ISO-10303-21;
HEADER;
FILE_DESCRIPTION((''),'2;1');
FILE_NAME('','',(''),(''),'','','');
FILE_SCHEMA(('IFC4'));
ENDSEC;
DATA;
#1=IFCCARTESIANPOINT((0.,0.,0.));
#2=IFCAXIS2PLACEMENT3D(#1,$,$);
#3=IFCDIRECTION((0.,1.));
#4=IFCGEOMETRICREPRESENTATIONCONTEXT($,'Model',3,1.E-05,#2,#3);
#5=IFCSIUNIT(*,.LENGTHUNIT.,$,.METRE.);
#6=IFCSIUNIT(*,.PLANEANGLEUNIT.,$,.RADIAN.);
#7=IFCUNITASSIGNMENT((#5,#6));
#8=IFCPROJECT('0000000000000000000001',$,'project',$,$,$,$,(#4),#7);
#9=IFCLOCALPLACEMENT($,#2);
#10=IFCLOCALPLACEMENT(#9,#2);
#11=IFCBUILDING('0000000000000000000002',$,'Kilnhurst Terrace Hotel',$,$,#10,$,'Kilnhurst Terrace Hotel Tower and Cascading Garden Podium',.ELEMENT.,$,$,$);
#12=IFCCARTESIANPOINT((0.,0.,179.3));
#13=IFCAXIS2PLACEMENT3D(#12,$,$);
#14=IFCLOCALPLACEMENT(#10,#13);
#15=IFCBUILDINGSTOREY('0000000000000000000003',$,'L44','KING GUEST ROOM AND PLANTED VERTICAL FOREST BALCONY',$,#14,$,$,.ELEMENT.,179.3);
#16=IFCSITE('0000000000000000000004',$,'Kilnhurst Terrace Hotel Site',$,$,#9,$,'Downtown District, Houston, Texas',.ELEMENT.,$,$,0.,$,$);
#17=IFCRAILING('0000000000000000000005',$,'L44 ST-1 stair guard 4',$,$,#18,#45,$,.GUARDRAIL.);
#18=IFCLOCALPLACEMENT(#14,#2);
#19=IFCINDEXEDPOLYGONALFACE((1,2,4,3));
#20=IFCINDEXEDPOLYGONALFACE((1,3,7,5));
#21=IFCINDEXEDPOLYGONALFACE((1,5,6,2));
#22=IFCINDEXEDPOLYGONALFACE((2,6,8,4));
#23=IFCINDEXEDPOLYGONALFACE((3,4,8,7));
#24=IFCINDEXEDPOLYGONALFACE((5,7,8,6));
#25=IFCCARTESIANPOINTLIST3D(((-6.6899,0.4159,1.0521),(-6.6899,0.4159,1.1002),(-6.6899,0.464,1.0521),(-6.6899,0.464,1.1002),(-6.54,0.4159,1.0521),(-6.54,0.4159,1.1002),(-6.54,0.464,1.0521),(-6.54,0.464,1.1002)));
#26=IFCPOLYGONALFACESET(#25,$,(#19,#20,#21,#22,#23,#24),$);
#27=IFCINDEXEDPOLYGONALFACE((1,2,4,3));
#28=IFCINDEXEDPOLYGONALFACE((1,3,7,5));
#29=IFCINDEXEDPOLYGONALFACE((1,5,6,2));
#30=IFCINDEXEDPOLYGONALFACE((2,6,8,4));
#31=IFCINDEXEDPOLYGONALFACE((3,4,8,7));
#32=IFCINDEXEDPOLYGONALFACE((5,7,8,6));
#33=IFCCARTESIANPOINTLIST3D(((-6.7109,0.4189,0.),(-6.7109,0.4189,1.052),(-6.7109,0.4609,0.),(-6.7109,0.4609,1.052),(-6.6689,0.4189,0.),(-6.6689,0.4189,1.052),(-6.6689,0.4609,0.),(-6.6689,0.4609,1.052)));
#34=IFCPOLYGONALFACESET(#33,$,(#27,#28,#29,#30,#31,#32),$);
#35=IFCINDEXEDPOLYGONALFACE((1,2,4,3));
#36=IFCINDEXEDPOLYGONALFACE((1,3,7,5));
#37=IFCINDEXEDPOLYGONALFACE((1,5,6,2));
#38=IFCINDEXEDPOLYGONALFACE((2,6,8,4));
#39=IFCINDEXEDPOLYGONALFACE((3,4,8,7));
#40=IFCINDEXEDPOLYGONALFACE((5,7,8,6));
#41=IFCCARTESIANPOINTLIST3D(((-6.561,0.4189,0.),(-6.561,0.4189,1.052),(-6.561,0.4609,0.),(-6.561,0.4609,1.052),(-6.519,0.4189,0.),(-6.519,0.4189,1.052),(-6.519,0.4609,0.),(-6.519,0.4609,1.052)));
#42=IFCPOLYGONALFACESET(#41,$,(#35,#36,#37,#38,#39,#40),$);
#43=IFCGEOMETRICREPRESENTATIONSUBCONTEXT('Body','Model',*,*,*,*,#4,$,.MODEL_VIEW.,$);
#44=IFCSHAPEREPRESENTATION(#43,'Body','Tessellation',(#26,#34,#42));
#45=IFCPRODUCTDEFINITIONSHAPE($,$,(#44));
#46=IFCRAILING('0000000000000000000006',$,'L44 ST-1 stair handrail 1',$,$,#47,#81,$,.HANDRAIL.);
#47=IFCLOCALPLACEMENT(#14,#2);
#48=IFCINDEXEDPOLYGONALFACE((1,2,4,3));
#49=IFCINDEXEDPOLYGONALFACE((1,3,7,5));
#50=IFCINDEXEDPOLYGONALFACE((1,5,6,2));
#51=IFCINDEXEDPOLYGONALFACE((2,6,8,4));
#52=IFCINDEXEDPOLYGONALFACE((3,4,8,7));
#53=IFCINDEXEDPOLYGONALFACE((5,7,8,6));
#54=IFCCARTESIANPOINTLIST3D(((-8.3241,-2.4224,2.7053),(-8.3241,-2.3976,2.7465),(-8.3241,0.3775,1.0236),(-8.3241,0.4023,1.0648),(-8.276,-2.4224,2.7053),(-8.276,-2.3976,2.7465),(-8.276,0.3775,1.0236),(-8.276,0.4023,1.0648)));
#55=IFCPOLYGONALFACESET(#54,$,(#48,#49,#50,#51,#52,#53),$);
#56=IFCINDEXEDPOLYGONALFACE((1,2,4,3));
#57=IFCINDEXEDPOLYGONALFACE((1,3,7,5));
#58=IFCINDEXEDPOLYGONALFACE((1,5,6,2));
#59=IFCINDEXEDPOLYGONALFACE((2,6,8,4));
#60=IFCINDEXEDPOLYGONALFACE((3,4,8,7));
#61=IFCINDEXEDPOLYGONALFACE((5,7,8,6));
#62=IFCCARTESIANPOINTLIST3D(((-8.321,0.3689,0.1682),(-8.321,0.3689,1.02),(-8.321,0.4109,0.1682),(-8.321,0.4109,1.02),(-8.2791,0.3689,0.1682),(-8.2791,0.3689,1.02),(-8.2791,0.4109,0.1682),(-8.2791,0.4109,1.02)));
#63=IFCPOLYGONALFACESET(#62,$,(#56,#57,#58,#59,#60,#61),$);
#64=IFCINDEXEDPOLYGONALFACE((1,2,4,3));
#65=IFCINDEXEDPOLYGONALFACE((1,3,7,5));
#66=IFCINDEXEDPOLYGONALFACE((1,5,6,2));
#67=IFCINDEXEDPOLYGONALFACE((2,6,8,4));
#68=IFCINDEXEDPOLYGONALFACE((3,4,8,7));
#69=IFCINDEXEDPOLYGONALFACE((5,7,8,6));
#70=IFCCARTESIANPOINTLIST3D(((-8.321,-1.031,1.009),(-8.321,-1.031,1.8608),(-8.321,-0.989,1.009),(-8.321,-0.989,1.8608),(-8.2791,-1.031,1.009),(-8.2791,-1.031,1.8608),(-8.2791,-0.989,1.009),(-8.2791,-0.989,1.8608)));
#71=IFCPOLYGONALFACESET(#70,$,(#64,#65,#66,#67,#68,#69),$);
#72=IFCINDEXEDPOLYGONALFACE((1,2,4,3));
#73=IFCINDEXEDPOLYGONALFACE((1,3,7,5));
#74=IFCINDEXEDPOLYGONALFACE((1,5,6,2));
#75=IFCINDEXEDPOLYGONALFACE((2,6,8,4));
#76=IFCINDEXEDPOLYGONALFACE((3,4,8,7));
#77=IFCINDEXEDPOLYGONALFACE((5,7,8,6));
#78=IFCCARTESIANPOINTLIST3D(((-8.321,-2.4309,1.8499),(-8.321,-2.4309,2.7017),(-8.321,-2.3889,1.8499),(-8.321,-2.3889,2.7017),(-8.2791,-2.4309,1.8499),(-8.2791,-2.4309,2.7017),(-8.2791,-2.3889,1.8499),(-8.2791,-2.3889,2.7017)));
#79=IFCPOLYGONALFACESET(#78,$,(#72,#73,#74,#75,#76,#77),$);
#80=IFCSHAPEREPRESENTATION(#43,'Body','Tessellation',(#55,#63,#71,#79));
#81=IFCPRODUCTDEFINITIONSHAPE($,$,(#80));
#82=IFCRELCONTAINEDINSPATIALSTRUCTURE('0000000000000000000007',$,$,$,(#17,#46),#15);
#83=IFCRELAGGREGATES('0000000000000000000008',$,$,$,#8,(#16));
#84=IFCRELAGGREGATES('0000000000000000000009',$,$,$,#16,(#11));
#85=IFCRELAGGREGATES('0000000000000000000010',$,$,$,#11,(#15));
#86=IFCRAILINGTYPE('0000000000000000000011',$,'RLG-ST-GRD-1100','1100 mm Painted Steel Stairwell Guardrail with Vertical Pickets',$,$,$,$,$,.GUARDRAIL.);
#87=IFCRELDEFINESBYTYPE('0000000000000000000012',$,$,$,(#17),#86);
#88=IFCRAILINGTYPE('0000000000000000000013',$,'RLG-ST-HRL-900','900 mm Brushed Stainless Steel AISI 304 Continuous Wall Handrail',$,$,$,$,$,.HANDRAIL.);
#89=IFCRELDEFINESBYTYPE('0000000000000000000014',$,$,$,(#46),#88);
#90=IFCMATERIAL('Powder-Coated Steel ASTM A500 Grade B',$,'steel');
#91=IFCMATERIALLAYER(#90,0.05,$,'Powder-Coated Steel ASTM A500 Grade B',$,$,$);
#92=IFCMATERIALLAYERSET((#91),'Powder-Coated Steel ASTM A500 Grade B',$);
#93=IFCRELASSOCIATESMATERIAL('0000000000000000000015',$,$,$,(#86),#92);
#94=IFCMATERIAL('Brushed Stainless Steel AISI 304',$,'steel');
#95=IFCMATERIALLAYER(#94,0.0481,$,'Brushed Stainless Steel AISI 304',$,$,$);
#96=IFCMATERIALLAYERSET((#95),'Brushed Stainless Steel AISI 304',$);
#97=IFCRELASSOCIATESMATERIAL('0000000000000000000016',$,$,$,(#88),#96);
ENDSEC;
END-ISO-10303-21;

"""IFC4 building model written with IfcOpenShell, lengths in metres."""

from ifc_helpers import new_model, si_unit, direction, frame, origin, origin_2d, place, context, subcontext, project, spatial, rectangle, extrude, material, layer, layer_set, type_object, element, save


model = new_model("IFC4")

# Units and contexts
model_context = context("Model", 3, precision=1e-05, world=origin(), true_north=direction((0.0, 1.0)))
body_context = subcontext(model_context, "Body", "Model", "MODEL_VIEW")
ifc_project = project(units=[si_unit("LENGTHUNIT", "METRE"), si_unit("PLANEANGLEUNIT", "RADIAN")], contexts=[model_context])

# Site, building, storey
site_placement = place(None, origin())
site = spatial("IfcSite", under=ifc_project, at=site_placement, Name="Kilnhurst Terrace Hotel Site", LongName="Downtown District, Houston, Texas", CompositionType="ELEMENT", RefElevation=0.0)
building_placement = place(site_placement, origin())
building = spatial("IfcBuilding", under=site, at=building_placement, Name="Kilnhurst Terrace Hotel", LongName="Kilnhurst Terrace Hotel Tower and Cascading Garden Podium", CompositionType="ELEMENT")
storey_placement = place(building_placement, frame((0.0, 0.0, 179.3)))
storey = spatial("IfcBuildingStorey", under=building, at=storey_placement, Name="L44", Description="KING GUEST ROOM AND PLANTED VERTICAL FOREST BALCONY", CompositionType="ELEMENT", Elevation=179.3)

# Railings
ifc_material_1 = material(Name="Powder-Coated Steel ASTM A500 Grade B", Category="steel")
ifc_layer_1 = layer(ifc_material_1, 0.05, Name="Powder-Coated Steel ASTM A500 Grade B")
ifc_layer_set_1 = layer_set([ifc_layer_1], Name="Powder-Coated Steel ASTM A500 Grade B")
railing_type_1 = type_object("IfcRailingType", Name="RLG-ST-GRD-1100", Description="1100 mm Painted Steel Stairwell Guardrail with Vertical Pickets", PredefinedType="GUARDRAIL", material=ifc_layer_set_1)
railing_1_placement = place(storey_placement, frame((-6.6899, 0.4399, 0.0)))
element("IfcRailing", 1, at=railing_1_placement, inside=storey, type_object=railing_type_1, Name="L44 ST-1 stair guard 4", PredefinedType="GUARDRAIL", context=body_context, shape_type="SweptSolid", body=[
    extrude(rectangle(XDim=0.0481, YDim=0.0481, at=origin_2d()), frame((0.0, 0.0, 1.0762), z_axis=(1.0, 0.0, 0.0), x_axis=(0.0, 1.0, 0.0)), (0.0, 0.0, 1.0), 0.1499),
    extrude(rectangle(XDim=0.042, YDim=0.042, at=origin_2d()), origin(), (0.0, 0.0, 1.0), 1.052),
    extrude(rectangle(XDim=0.042, YDim=0.042, at=origin_2d()), frame((0.1499, 0.0, 0.0)), (0.0, 0.0, 1.0), 1.052),
])
ifc_material_2 = material(Name="Brushed Stainless Steel AISI 304", Category="steel")
ifc_layer_2 = layer(ifc_material_2, 0.0481, Name="Brushed Stainless Steel AISI 304")
ifc_layer_set_2 = layer_set([ifc_layer_2], Name="Brushed Stainless Steel AISI 304")
railing_type_2 = type_object("IfcRailingType", Name="RLG-ST-HRL-900", Description="900 mm Brushed Stainless Steel AISI 304 Continuous Wall Handrail", PredefinedType="HANDRAIL", material=ifc_layer_set_2)
railing_2_placement = place(storey_placement, frame((-8.3, 0.3899, 0.1682)))
element("IfcRailing", 2, at=railing_2_placement, inside=storey, type_object=railing_type_2, Name="L44 ST-1 stair handrail 1", PredefinedType="HANDRAIL", context=body_context, shape_type="SweptSolid", body=[
    extrude(rectangle(XDim=0.0481, YDim=0.0481, at=origin_2d()), frame((0.0, 0.0, 0.876), z_axis=(0.0, -0.857255, 0.514891), x_axis=(1.0, 0.0, 0.0)), (0.0, 0.0, 1.0), 3.2661),
    extrude(rectangle(XDim=0.042, YDim=0.042, at=origin_2d()), origin(), (0.0, 0.0, 1.0), 0.8518),
    extrude(rectangle(XDim=0.042, YDim=0.042, at=origin_2d()), frame((0.0, -1.3999, 0.8408)), (0.0, 0.0, 1.0), 0.8518),
    extrude(rectangle(XDim=0.042, YDim=0.042, at=origin_2d()), frame((0.0, -2.7998, 1.6816)), (0.0, 0.0, 1.0), 0.8518),
])

save(model, "model.ifc")
